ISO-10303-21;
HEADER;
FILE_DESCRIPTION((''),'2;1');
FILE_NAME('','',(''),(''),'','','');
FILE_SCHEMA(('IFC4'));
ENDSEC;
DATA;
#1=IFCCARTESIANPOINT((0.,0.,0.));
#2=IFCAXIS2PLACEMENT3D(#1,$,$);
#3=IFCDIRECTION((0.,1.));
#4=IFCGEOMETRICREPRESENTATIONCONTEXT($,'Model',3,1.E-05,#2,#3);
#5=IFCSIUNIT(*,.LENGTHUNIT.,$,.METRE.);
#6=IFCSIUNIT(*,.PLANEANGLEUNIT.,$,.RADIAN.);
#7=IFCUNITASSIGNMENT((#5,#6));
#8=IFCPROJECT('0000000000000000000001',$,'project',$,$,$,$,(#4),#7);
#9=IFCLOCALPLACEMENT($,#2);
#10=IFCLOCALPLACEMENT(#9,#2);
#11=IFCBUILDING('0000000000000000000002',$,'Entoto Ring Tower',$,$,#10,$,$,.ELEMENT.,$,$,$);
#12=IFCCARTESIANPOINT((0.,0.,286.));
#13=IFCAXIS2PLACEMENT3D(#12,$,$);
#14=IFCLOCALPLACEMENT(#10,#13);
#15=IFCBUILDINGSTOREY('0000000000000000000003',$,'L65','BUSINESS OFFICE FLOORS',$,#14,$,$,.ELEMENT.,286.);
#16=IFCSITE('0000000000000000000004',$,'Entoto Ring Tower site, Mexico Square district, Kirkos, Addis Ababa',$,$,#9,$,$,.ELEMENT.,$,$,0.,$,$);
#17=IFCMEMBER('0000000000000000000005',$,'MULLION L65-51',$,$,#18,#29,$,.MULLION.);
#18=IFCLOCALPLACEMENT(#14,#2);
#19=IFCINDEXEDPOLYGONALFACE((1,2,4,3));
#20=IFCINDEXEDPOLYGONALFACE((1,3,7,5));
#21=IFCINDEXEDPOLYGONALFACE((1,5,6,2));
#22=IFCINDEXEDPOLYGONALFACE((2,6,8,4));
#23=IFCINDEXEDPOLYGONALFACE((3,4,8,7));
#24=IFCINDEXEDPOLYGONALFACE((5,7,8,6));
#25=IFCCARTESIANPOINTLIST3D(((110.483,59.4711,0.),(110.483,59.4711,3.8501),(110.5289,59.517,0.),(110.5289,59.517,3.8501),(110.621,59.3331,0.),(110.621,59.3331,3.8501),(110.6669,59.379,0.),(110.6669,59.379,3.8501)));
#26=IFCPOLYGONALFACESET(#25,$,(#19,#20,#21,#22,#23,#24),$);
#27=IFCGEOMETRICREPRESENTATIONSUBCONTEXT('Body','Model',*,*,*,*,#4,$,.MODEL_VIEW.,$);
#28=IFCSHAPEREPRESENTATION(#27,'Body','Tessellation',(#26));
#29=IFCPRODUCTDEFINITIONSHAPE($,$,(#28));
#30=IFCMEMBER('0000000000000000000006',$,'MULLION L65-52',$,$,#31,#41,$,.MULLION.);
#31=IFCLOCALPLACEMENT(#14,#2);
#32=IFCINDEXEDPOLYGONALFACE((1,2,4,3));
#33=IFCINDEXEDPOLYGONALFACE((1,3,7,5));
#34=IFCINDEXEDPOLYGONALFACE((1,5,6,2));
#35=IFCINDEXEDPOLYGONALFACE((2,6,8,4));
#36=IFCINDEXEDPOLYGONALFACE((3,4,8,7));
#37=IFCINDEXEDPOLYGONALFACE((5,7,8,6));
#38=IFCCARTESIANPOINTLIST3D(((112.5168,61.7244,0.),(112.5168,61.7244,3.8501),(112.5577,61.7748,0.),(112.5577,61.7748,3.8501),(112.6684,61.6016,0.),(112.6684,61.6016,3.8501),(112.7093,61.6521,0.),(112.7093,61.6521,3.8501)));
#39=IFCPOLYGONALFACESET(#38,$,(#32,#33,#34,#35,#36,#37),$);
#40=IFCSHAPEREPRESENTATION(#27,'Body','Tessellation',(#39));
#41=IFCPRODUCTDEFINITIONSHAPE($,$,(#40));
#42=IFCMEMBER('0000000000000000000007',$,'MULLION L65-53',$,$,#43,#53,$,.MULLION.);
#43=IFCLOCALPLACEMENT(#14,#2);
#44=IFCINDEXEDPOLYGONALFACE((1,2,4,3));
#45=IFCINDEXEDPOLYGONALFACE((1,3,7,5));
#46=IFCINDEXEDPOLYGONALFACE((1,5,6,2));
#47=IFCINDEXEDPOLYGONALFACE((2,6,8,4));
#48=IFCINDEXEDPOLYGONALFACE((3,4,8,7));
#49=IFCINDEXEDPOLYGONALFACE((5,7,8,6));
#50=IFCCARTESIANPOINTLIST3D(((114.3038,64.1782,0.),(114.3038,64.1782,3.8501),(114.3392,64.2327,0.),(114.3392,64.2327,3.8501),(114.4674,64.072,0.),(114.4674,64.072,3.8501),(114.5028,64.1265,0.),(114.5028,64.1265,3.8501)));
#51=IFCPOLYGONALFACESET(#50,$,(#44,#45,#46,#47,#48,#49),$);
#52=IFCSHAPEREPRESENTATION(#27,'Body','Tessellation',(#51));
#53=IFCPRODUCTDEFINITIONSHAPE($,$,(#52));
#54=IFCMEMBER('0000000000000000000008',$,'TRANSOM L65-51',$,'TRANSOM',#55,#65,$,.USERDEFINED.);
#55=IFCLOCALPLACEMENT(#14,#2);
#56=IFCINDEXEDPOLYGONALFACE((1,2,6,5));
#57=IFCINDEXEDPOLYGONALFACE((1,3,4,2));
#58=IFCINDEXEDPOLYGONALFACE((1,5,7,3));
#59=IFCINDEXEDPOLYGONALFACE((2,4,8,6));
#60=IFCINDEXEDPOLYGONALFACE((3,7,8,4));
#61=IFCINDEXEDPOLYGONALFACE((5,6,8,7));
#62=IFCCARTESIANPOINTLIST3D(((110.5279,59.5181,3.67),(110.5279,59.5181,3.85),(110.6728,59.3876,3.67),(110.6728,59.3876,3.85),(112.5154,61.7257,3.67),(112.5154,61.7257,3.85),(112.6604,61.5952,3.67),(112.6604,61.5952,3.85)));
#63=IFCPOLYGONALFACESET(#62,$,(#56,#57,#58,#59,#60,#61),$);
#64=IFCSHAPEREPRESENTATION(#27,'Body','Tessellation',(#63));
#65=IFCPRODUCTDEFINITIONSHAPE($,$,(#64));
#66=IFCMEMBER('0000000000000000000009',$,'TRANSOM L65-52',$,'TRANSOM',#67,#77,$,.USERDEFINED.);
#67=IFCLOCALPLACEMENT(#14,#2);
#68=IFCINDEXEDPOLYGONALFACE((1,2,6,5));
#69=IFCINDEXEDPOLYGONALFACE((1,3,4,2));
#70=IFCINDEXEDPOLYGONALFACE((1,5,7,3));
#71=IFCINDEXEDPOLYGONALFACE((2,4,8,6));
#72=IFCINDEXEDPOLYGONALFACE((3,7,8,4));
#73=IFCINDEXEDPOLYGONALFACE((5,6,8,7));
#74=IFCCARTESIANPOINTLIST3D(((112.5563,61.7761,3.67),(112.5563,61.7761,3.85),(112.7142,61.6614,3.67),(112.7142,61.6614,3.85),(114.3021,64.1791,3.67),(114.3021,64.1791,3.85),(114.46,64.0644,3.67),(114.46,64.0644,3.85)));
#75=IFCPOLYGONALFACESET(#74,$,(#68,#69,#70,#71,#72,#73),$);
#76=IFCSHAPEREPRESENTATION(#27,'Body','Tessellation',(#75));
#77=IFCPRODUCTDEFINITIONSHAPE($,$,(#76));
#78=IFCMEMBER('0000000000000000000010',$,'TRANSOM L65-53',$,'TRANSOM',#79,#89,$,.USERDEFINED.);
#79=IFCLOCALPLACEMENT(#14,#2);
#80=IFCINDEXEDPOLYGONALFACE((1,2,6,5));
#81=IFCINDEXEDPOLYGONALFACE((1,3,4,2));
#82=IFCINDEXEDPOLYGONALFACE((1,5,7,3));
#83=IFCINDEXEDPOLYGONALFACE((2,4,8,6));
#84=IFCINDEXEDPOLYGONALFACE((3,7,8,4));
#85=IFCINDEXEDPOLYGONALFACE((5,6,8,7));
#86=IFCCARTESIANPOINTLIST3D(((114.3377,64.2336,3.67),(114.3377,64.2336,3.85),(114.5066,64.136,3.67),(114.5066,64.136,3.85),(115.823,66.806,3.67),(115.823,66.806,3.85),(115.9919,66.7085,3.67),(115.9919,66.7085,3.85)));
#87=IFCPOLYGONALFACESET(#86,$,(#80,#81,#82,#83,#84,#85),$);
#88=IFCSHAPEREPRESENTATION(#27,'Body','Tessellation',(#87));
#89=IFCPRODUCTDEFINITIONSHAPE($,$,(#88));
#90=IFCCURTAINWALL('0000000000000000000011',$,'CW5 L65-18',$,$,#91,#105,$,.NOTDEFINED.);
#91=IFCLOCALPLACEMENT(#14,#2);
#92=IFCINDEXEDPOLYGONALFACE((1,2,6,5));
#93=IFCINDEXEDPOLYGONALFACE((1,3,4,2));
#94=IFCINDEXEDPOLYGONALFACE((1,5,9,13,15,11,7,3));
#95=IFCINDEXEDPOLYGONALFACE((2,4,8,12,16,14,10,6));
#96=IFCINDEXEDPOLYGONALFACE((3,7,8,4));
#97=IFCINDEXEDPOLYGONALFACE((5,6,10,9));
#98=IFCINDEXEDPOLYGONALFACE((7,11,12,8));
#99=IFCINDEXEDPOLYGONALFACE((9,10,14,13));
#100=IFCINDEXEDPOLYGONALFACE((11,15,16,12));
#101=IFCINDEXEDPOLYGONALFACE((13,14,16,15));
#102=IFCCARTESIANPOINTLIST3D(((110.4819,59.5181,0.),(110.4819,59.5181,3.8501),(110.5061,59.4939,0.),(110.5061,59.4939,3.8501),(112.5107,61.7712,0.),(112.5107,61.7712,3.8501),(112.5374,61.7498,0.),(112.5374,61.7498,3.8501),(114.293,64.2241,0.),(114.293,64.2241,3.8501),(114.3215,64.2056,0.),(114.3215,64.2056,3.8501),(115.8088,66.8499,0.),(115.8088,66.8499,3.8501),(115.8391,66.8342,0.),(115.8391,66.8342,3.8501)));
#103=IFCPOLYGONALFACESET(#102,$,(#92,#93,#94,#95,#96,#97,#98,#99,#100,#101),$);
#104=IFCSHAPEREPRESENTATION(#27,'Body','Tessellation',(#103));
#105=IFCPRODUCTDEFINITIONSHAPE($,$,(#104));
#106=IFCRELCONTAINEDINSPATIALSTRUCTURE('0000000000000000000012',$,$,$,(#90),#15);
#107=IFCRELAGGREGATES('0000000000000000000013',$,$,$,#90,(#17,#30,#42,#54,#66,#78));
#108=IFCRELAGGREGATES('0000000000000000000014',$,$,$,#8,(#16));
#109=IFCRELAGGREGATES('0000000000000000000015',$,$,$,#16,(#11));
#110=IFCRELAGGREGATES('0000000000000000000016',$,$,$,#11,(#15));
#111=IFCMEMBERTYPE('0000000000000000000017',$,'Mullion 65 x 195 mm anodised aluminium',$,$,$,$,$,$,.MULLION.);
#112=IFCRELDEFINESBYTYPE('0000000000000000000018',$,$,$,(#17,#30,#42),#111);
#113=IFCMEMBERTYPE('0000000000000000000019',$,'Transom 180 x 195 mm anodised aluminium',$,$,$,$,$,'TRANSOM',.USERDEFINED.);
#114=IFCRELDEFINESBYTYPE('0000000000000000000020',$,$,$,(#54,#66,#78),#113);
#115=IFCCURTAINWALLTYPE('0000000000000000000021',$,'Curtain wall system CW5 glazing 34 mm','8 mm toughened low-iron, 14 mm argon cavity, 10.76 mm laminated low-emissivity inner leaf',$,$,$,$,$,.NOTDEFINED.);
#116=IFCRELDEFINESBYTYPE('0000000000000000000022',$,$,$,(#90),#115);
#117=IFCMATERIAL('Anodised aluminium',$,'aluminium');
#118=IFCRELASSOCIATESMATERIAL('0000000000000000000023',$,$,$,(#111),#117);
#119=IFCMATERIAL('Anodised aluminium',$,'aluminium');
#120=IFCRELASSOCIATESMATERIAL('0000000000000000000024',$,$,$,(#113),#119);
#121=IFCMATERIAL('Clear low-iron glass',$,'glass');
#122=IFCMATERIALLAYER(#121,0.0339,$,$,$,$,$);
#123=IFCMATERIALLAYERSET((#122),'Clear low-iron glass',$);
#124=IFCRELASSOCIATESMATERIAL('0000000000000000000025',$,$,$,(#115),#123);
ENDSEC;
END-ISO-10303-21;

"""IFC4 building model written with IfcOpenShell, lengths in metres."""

from ifc_helpers import new_model, si_unit, direction, frame, origin, origin_2d, place, context, subcontext, project, spatial, polyline, rectangle, outline, extrude, material, layer, layer_set, material_profile, profile_set, type_object, element, aggregate, save


model = new_model("IFC4")

# Units and contexts
model_context = context("Model", 3, precision=1e-05, world=origin(), true_north=direction((0.0, 1.0)))
body_context = subcontext(model_context, "Body", "Model", "MODEL_VIEW")
ifc_project = project(units=[si_unit("LENGTHUNIT", "METRE"), si_unit("PLANEANGLEUNIT", "RADIAN")], contexts=[model_context])

# Members
ifc_material_1 = material(Name="Anodised aluminium", Category="aluminium")
ifc_material_profile_1 = material_profile(ifc_material_1, rectangle(XDim=0.0649, YDim=0.1951, at=origin_2d()), Name="Mullion 65 x 195 mm anodised aluminium")
ifc_profile_set_1 = profile_set([ifc_material_profile_1], Name="Anodised aluminium")
member_type_1 = type_object("IfcMemberType", Name="Mullion 65 x 195 mm anodised aluminium", PredefinedType="MULLION", material=ifc_profile_set_1)
site_placement = place(None, origin())
building_placement = place(site_placement, origin())
storey_placement = place(building_placement, frame((0.0, 0.0, 286.0)))
member_1_placement = place(storey_placement, frame((110.575, 59.425, 0.0), z_axis=(0.0, 0.0, 1.0), x_axis=(0.707107, 0.707107, 0.0)))
member_1 = element("IfcMember", 1, at=member_1_placement, type_object=member_type_1, Name="MULLION L65-51", PredefinedType="MULLION", context=body_context, shape_type="SweptSolid", body=[
    extrude(rectangle(XDim=0.0649, YDim=0.1951, at=origin_2d()), origin(), (0.0, 0.0, 1.0), 3.8501),
])
member_2_placement = place(storey_placement, frame((112.613, 61.6882, 0.0), z_axis=(0.0, 0.0, 1.0), x_axis=(0.62932, 0.777146, 0.0)))
member_2 = element("IfcMember", 2, at=member_2_placement, type_object=member_type_1, Name="MULLION L65-52", PredefinedType="MULLION", context=body_context, shape_type="SweptSolid", body=[
    extrude(rectangle(XDim=0.0649, YDim=0.1951, at=origin_2d()), origin(), (0.0, 0.0, 1.0), 3.8501),
])
member_3_placement = place(storey_placement, frame((114.4033, 64.1523, 0.0), z_axis=(0.0, 0.0, 1.0), x_axis=(0.544639, 0.838671, 0.0)))
member_3 = element("IfcMember", 3, at=member_3_placement, type_object=member_type_1, Name="MULLION L65-53", PredefinedType="MULLION", context=body_context, shape_type="SweptSolid", body=[
    extrude(rectangle(XDim=0.0649, YDim=0.1951, at=origin_2d()), origin(), (0.0, 0.0, 1.0), 3.8501),
])
ifc_material_2 = material(Name="Anodised aluminium", Category="aluminium")
ifc_material_profile_2 = material_profile(ifc_material_2, rectangle(XDim=0.1951, YDim=0.1799, at=origin_2d()), Name="Transom 180 x 195 mm anodised aluminium")
ifc_profile_set_2 = profile_set([ifc_material_profile_2], Name="Anodised aluminium")
member_type_2 = type_object("IfcMemberType", Name="Transom 180 x 195 mm anodised aluminium", ElementType="TRANSOM", PredefinedType="USERDEFINED", material=ifc_profile_set_2)
member_4_placement = place(storey_placement, frame((110.6003, 59.4529, 3.76), z_axis=(0.66911, 0.743163, 0.0), x_axis=(-0.743163, 0.66911, 0.0)))
member_4 = element("IfcMember", 4, at=member_4_placement, type_object=member_type_2, Name="TRANSOM L65-51", ObjectType="TRANSOM", PredefinedType="USERDEFINED", context=body_context, shape_type="SweptSolid", body=[
    extrude(rectangle(XDim=0.1951, YDim=0.1799, at=origin_2d()), origin(), (0.0, 0.0, 1.0), 2.9705),
])
member_5_placement = place(storey_placement, frame((112.6353, 61.7188, 3.76), z_axis=(0.587766, 0.809031, 0.0), x_axis=(-0.809031, 0.587766, 0.0)))
member_5 = element("IfcMember", 5, at=member_5_placement, type_object=member_type_2, Name="TRANSOM L65-52", ObjectType="TRANSOM", PredefinedType="USERDEFINED", context=body_context, shape_type="SweptSolid", body=[
    extrude(rectangle(XDim=0.1951, YDim=0.1799, at=origin_2d()), origin(), (0.0, 0.0, 1.0), 2.9702),
])
member_6_placement = place(storey_placement, frame((114.4221, 64.1848, 3.76), z_axis=(0.500028, 0.866009, 0.0), x_axis=(-0.866009, 0.500028, 0.0)))
member_6 = element("IfcMember", 6, at=member_6_placement, type_object=member_type_2, Name="TRANSOM L65-53", ObjectType="TRANSOM", PredefinedType="USERDEFINED", context=body_context, shape_type="SweptSolid", body=[
    extrude(rectangle(XDim=0.1951, YDim=0.1799, at=origin_2d()), origin(), (0.0, 0.0, 1.0), 2.9705),
])

# Site, building, storey
site = spatial("IfcSite", under=ifc_project, at=site_placement, Name="Entoto Ring Tower site, Mexico Square district, Kirkos, Addis Ababa", CompositionType="ELEMENT", RefElevation=0.0)
building = spatial("IfcBuilding", under=site, at=building_placement, Name="Entoto Ring Tower", CompositionType="ELEMENT")
storey = spatial("IfcBuildingStorey", under=building, at=storey_placement, Name="L65", Description="BUSINESS OFFICE FLOORS", CompositionType="ELEMENT", Elevation=286.0)

# Curtain wall
ifc_material_3 = material(Name="Clear low-iron glass", Category="glass")
ifc_layer_1 = layer(ifc_material_3, 0.0339)
ifc_layer_set_1 = layer_set([ifc_layer_1], Name="Clear low-iron glass")
curtain_wall_type = type_object("IfcCurtainWallType", Name="Curtain wall system CW5 glazing 34 mm", Description="8 mm toughened low-iron, 14 mm argon cavity, 10.76 mm laminated low-emissivity inner leaf", PredefinedType="NOTDEFINED", material=ifc_layer_set_1)
curtain_wall_1_placement = place(storey_placement, origin())
curtain_wall_1 = element("IfcCurtainWall", 7, at=curtain_wall_1_placement, inside=storey, type_object=curtain_wall_type, Name="CW5 L65-18", PredefinedType="NOTDEFINED", context=body_context, shape_type="SweptSolid", body=[
    extrude(outline(polyline([(110.5061, 59.4939), (112.5374, 61.7498), (114.3215, 64.2056), (115.8391, 66.8342), (115.8088, 66.8499), (114.293, 64.2241), (112.5107, 61.7712), (110.4819, 59.5181), (110.5061, 59.4939)])), origin(), (0.0, 0.0, 1.0), 3.8501),
])
aggregate(curtain_wall_1, [member_1, member_2, member_3, member_4, member_5, member_6])

save(model, "model.ifc")
